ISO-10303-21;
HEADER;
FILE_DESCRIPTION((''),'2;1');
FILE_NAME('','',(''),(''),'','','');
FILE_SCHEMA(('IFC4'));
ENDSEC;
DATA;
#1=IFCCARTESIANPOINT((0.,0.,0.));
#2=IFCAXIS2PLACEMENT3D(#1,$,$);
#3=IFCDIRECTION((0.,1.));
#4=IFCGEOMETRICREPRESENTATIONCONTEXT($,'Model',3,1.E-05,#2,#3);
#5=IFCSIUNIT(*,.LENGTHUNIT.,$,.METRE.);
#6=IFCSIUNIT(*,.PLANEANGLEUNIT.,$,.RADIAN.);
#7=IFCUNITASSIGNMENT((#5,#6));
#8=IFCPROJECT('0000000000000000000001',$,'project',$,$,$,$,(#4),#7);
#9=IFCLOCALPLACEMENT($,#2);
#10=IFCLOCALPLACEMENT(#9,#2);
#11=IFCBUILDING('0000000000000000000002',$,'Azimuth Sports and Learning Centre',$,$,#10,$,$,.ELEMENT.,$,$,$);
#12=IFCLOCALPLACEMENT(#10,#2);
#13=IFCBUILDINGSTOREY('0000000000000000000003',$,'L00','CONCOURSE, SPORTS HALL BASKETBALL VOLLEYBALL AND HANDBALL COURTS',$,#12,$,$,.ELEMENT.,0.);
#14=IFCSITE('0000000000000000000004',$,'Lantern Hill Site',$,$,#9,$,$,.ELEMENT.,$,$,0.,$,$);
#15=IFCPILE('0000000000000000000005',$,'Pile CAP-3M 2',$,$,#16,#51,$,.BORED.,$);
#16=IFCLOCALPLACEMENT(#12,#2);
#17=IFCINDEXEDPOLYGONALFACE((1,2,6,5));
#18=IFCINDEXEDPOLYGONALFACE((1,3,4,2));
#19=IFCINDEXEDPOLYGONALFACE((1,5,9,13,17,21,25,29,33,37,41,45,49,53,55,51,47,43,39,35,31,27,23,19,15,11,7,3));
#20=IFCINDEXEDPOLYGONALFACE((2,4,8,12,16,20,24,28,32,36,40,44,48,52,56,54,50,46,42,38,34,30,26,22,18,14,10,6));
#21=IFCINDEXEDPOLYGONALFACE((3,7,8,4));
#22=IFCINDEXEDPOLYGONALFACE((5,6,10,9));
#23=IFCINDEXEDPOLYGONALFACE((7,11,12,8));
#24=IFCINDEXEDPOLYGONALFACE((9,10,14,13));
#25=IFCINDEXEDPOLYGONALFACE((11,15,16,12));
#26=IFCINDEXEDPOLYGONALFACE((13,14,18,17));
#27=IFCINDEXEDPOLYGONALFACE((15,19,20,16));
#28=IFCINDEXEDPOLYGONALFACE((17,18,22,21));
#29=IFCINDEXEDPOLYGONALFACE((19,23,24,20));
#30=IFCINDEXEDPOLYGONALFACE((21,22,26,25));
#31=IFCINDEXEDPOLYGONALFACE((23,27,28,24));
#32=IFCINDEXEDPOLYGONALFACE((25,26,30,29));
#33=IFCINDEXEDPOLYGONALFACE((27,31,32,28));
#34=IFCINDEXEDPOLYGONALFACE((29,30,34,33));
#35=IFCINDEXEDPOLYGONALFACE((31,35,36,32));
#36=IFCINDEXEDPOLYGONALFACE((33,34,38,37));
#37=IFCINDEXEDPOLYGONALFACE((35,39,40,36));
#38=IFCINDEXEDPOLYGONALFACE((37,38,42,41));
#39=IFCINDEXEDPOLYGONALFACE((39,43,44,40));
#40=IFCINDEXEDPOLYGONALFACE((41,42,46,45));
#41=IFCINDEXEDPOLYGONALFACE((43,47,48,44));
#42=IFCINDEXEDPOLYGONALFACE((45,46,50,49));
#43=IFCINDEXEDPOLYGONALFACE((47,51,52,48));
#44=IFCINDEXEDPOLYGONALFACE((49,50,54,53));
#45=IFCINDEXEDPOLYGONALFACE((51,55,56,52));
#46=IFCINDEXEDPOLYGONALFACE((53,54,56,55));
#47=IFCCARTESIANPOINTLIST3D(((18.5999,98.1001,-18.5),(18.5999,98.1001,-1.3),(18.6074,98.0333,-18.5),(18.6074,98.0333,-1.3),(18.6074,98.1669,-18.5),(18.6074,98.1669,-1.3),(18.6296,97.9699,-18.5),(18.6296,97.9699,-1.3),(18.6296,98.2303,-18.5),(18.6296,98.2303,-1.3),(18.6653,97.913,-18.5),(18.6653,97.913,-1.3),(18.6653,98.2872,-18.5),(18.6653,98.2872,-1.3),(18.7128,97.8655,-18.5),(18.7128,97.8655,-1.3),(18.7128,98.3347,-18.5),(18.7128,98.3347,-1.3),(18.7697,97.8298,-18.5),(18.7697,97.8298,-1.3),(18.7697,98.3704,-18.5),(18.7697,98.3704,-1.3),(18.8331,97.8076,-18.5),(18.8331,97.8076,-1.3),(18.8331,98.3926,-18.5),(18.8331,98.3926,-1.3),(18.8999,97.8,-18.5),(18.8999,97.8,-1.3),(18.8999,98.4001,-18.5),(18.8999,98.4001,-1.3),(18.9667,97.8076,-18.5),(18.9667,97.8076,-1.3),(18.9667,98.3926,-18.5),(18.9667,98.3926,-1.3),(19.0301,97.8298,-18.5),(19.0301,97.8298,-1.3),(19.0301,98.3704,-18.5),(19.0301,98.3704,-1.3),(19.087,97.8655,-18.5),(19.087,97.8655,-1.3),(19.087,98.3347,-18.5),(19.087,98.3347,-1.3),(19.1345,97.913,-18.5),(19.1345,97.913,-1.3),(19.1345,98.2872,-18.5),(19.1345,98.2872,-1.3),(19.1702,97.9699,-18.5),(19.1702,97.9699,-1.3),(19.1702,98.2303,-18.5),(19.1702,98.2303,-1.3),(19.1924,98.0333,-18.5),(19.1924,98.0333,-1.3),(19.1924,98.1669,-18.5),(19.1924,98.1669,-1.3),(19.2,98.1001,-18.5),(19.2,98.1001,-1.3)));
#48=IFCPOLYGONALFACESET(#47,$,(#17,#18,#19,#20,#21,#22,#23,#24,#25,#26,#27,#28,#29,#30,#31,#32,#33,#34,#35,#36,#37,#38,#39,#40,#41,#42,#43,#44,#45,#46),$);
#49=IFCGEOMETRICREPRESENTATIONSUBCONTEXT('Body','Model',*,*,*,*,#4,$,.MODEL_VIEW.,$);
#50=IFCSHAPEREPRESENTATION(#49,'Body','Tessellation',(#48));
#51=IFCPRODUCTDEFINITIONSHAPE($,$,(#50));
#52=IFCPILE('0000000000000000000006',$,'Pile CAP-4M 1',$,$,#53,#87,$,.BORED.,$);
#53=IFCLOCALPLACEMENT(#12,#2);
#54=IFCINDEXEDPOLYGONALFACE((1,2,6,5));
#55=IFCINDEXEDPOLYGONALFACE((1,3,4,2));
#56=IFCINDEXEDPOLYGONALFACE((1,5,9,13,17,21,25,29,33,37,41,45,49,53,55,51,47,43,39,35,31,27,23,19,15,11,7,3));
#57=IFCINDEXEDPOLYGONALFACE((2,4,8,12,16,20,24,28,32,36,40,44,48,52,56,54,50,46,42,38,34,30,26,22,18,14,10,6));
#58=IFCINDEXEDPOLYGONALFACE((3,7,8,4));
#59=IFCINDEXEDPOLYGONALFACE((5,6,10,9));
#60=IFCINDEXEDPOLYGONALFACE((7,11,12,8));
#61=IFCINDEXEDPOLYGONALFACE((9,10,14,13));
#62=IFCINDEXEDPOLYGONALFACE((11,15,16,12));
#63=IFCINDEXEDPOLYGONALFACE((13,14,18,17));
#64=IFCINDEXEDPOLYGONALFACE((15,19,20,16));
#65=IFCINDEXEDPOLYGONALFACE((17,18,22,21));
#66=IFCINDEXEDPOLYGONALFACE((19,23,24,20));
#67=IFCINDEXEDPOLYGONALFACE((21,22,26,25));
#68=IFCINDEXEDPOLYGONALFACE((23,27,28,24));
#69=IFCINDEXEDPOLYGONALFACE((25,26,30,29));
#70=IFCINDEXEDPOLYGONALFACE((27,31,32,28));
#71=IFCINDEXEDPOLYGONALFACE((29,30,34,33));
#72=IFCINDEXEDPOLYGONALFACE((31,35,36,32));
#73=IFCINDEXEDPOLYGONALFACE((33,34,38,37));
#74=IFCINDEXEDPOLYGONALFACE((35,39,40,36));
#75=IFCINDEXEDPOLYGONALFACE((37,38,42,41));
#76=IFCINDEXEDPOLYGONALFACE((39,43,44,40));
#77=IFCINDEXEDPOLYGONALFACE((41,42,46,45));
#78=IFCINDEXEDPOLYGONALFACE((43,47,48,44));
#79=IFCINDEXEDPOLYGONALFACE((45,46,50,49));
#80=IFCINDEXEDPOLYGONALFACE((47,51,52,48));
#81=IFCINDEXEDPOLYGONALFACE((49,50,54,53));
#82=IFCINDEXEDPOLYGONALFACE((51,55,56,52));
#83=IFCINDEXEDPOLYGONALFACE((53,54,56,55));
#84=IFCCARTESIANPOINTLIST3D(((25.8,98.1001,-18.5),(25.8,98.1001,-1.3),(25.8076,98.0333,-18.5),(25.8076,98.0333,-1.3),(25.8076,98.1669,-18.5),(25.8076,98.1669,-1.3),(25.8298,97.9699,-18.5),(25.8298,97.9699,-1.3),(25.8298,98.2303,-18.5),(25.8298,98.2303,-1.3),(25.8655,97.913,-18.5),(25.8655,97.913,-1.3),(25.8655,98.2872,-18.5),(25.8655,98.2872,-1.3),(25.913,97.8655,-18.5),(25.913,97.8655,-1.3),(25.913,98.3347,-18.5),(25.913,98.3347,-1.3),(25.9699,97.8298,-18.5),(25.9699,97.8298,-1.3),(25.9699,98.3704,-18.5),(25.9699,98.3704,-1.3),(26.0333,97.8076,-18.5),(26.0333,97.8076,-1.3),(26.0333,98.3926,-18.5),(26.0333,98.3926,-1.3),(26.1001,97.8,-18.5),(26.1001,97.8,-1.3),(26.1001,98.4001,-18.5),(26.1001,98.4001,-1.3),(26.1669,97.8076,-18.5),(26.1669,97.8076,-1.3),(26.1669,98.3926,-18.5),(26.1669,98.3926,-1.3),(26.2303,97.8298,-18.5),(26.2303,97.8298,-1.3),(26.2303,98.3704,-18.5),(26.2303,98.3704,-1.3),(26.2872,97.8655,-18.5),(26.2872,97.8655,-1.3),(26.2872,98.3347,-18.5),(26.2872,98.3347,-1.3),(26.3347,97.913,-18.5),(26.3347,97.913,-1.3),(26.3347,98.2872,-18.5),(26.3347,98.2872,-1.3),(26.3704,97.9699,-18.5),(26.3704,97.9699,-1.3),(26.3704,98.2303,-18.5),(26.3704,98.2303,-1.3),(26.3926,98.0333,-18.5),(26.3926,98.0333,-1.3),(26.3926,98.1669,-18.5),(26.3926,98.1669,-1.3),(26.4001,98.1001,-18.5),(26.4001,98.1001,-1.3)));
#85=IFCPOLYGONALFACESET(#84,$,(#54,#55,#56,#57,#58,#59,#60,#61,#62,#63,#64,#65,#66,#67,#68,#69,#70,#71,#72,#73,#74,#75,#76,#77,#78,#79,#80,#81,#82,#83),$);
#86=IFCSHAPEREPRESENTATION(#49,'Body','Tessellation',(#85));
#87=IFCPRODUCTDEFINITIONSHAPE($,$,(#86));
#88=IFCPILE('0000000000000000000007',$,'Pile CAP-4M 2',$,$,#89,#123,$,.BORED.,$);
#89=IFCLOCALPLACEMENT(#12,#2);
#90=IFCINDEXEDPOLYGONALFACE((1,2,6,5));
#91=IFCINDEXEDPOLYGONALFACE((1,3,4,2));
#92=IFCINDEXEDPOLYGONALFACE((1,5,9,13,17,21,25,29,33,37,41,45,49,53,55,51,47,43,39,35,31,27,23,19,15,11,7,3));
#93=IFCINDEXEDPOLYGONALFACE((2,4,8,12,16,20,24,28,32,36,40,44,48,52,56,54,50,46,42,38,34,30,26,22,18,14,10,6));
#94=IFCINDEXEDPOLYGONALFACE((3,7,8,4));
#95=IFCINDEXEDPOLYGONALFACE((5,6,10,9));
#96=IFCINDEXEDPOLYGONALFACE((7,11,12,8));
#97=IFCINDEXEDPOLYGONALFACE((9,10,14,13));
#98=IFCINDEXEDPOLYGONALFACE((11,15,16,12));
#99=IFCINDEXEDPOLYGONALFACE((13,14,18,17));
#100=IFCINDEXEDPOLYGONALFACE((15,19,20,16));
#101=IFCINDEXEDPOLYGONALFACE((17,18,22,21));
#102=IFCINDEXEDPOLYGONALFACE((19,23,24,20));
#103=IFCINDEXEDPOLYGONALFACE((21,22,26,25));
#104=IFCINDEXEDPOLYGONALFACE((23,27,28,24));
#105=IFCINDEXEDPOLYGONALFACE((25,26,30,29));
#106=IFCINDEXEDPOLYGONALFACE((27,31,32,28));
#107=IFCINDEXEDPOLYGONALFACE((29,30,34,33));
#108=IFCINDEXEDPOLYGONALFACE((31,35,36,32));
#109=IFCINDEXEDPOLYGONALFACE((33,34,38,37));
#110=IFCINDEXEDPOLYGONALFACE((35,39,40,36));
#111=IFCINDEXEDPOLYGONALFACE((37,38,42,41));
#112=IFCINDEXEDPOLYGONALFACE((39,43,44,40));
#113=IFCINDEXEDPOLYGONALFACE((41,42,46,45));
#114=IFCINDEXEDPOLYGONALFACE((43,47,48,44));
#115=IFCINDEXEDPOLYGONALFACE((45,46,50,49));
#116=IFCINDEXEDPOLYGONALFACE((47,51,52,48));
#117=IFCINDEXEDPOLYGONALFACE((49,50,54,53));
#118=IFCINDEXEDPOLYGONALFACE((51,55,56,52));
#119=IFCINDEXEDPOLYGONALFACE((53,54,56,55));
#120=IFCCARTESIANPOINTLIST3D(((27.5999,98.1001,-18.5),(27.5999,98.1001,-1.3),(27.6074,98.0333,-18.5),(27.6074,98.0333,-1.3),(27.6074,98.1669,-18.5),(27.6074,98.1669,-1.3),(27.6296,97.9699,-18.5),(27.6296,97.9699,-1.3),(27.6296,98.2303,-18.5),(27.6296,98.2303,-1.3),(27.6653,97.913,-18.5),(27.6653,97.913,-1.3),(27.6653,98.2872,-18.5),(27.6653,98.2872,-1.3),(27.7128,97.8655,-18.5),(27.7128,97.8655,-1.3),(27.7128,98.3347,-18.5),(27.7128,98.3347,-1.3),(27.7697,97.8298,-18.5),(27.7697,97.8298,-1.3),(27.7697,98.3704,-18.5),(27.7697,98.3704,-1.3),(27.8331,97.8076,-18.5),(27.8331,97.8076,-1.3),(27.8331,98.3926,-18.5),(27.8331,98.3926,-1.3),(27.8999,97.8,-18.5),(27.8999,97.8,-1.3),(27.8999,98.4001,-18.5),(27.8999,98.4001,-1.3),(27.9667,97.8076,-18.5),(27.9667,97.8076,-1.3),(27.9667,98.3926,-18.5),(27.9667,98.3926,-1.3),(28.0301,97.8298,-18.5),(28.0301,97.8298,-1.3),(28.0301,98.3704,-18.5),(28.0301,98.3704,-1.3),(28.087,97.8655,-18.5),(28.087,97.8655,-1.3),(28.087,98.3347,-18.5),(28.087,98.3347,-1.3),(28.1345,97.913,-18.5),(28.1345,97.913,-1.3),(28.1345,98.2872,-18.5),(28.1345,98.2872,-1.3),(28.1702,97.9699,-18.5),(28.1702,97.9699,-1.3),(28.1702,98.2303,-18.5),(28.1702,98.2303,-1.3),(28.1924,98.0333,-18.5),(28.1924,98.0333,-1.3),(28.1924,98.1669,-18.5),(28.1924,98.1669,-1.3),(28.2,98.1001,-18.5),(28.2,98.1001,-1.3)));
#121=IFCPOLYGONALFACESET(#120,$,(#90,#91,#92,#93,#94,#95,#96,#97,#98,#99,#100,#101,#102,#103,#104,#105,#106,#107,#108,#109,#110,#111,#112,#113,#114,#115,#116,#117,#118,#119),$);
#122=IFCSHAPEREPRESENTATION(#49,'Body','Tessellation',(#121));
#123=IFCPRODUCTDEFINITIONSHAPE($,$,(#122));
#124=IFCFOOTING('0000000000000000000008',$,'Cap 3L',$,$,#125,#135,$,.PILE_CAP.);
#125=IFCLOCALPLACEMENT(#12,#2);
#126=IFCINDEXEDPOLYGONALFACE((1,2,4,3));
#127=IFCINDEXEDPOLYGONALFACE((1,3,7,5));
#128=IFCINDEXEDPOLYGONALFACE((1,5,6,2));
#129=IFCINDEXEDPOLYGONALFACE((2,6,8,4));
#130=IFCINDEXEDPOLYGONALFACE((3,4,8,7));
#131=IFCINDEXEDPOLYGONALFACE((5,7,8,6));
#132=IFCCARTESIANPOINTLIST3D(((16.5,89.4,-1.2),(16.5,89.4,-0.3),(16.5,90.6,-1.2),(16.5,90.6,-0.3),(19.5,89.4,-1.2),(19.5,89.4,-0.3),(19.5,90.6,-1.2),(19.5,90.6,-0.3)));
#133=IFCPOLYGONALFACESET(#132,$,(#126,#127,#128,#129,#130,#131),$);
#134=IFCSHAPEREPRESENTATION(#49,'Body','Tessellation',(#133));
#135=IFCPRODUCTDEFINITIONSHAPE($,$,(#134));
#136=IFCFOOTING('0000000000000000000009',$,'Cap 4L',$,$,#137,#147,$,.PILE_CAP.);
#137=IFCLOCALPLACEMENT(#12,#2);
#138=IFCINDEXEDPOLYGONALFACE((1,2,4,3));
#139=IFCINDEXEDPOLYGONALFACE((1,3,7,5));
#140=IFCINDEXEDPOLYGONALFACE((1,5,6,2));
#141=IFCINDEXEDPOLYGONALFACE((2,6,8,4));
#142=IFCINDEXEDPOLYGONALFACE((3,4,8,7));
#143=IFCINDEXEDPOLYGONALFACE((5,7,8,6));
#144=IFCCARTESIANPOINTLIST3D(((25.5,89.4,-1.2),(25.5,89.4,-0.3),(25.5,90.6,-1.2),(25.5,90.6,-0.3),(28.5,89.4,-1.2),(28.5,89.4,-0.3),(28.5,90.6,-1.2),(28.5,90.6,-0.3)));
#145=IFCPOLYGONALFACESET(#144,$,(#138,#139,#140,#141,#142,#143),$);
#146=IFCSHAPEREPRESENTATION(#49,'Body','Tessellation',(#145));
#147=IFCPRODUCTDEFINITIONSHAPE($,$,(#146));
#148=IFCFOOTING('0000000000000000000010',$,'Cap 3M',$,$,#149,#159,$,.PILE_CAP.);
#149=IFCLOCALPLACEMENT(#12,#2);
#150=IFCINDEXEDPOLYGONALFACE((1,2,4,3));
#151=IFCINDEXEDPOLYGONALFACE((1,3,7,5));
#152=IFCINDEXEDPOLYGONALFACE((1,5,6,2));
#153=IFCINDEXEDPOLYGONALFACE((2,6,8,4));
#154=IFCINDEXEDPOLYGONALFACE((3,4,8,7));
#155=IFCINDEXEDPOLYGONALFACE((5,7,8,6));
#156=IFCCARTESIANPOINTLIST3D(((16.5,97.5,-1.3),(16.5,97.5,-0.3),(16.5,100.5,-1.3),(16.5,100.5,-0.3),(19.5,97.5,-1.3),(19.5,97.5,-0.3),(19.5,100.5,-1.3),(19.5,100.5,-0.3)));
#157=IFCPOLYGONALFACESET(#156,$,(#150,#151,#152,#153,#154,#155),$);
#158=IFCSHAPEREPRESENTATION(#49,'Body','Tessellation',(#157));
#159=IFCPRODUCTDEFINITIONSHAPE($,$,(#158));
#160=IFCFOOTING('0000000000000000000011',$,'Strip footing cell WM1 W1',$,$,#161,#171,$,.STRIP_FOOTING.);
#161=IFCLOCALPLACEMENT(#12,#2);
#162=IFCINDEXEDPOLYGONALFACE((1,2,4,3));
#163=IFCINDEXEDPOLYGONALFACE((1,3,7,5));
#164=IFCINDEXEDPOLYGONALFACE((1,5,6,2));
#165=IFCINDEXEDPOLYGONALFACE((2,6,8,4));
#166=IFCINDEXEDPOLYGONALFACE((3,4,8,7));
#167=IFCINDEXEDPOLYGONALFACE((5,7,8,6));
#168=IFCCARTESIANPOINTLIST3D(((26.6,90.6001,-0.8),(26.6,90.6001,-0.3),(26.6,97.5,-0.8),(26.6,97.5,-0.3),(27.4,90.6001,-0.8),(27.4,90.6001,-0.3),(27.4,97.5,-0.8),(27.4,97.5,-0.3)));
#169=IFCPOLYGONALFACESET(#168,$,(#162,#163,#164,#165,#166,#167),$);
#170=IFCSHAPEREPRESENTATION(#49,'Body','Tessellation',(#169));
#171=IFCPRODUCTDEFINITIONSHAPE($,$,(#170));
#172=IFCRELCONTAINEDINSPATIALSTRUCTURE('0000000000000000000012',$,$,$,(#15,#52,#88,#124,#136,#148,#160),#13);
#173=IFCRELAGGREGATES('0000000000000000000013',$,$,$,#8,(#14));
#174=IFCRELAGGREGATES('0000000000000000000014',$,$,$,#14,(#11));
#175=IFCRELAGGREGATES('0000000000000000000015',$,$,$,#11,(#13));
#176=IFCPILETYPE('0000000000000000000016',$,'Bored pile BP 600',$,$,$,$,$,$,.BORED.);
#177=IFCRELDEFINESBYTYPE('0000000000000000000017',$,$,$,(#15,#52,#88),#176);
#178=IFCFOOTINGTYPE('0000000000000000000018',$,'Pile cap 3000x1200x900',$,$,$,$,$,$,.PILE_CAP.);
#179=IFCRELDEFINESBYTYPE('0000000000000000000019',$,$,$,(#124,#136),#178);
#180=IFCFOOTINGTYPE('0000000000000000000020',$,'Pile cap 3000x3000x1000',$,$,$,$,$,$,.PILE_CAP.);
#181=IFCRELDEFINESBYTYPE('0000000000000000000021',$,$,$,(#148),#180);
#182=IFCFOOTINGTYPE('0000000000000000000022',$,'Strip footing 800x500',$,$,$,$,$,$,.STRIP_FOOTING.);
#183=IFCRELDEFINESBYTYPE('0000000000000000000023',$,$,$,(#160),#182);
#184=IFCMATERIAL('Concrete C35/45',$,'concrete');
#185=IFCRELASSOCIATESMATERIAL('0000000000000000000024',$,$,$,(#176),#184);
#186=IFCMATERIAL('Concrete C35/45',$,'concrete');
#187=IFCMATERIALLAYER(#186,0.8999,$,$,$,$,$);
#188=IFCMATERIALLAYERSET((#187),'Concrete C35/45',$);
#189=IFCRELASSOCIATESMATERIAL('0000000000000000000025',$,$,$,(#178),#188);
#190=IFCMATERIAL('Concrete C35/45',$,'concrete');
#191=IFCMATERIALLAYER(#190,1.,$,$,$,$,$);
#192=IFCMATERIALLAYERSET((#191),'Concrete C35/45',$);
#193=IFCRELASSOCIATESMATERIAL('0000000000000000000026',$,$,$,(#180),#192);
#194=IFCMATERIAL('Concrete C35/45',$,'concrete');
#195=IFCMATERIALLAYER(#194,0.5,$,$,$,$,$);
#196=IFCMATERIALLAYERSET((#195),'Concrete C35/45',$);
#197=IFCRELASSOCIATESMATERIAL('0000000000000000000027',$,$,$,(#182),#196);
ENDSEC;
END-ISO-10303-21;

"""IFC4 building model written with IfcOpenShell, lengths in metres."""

from ifc_helpers import new_model, si_unit, direction, frame, origin, origin_2d, place, context, subcontext, project, spatial, rectangle, circle, extrude, material, layer, layer_set, material_profile, profile_set, type_object, element, save


model = new_model("IFC4")

# Units and contexts
model_context = context("Model", 3, precision=1e-05, world=origin(), true_north=direction((0.0, 1.0)))
body_context = subcontext(model_context, "Body", "Model", "MODEL_VIEW")
ifc_project = project(units=[si_unit("LENGTHUNIT", "METRE"), si_unit("PLANEANGLEUNIT", "RADIAN")], contexts=[model_context])

# Site, building, storey
site_placement = place(None, origin())
site = spatial("IfcSite", under=ifc_project, at=site_placement, Name="Lantern Hill Site", CompositionType="ELEMENT", RefElevation=0.0)
building_placement = place(site_placement, origin())
building = spatial("IfcBuilding", under=site, at=building_placement, Name="Azimuth Sports and Learning Centre", CompositionType="ELEMENT")
storey_placement = place(building_placement, origin())
storey = spatial("IfcBuildingStorey", under=building, at=storey_placement, Name="L00", Description="CONCOURSE, SPORTS HALL BASKETBALL VOLLEYBALL AND HANDBALL COURTS", CompositionType="ELEMENT", Elevation=0.0)

# Piles
ifc_material_1 = material(Name="Concrete C35/45", Category="concrete")
ifc_material_profile_1 = material_profile(ifc_material_1, circle(Radius=0.3, at=origin_2d()), Name="BP 600")
ifc_profile_set_1 = profile_set([ifc_material_profile_1], Name="Concrete C35/45")
pile_type = type_object("IfcPileType", Name="Bored pile BP 600", PredefinedType="BORED", material=ifc_profile_set_1)
for number, where, z_axis, x_axis, name in (
    (1, (18.8999, 98.1001, -1.3), (0.0, 0.0, -1.0), (1.0, 0.0, 0.0), "Pile CAP-3M 2"),
    (2, (26.1001, 98.1001, -1.3), (0.0, 0.0, -1.0), (1.0, 0.0, 0.0), "Pile CAP-4M 1"),
    (3, (27.8999, 98.1001, -1.3), (0.0, 0.0, -1.0), (1.0, 0.0, 0.0), "Pile CAP-4M 2"),
):
    element("IfcPile", number, at=place(storey_placement, frame(where, z_axis=z_axis, x_axis=x_axis)), inside=storey, type_object=pile_type, Name=name, PredefinedType="BORED", context=body_context, shape_type="SweptSolid", body=[
        extrude(circle(Radius=0.3, at=origin_2d()), origin(), (0.0, 0.0, 1.0), 17.2),
    ])

# Footings
ifc_material_2 = material(Name="Concrete C35/45", Category="concrete")
ifc_layer_1 = layer(ifc_material_2, 0.8999)
ifc_layer_set_1 = layer_set([ifc_layer_1], Name="Concrete C35/45")
footing_type_1 = type_object("IfcFootingType", Name="Pile cap 3000x1200x900", PredefinedType="PILE_CAP", material=ifc_layer_set_1)
for number, where, z_axis, x_axis, name in (
    (4, (18.0, 90.0, -1.2), (0.0, 0.0, 1.0), (1.0, 0.0, 0.0), "Cap 3L"),
    (5, (27.0, 90.0, -1.2), (0.0, 0.0, 1.0), (1.0, 0.0, 0.0), "Cap 4L"),
):
    element("IfcFooting", number, at=place(storey_placement, frame(where, z_axis=z_axis, x_axis=x_axis)), inside=storey, type_object=footing_type_1, Name=name, PredefinedType="PILE_CAP", context=body_context, shape_type="SweptSolid", body=[
        extrude(rectangle(XDim=3.0, YDim=1.2, at=origin_2d()), origin(), (0.0, 0.0, 1.0), 0.8999),
    ])
ifc_material_3 = material(Name="Concrete C35/45", Category="concrete")
ifc_layer_2 = layer(ifc_material_3, 1.0)
ifc_layer_set_2 = layer_set([ifc_layer_2], Name="Concrete C35/45")
footing_type_2 = type_object("IfcFootingType", Name="Pile cap 3000x3000x1000", PredefinedType="PILE_CAP", material=ifc_layer_set_2)
footing_1_placement = place(storey_placement, frame((18.0, 99.0, -1.3), z_axis=(0.0, 0.0, 1.0), x_axis=(1.0, 0.0, 0.0)))
element("IfcFooting", 6, at=footing_1_placement, inside=storey, type_object=footing_type_2, Name="Cap 3M", PredefinedType="PILE_CAP", context=body_context, shape_type="SweptSolid", body=[
    extrude(rectangle(XDim=3.0, YDim=3.0, at=origin_2d()), origin(), (0.0, 0.0, 1.0), 1.0),
])
ifc_material_4 = material(Name="Concrete C35/45", Category="concrete")
ifc_layer_3 = layer(ifc_material_4, 0.5)
ifc_layer_set_3 = layer_set([ifc_layer_3], Name="Concrete C35/45")
footing_type_3 = type_object("IfcFootingType", Name="Strip footing 800x500", PredefinedType="STRIP_FOOTING", material=ifc_layer_set_3)
footing_2_placement = place(storey_placement, frame((27.0, 94.05, -0.8), z_axis=(0.0, 0.0, 1.0), x_axis=(1.0, 0.0, 0.0)))
element("IfcFooting", 7, at=footing_2_placement, inside=storey, type_object=footing_type_3, Name="Strip footing cell WM1 W1", PredefinedType="STRIP_FOOTING", context=body_context, shape_type="SweptSolid", body=[
    extrude(rectangle(XDim=0.8, YDim=6.8999, at=origin_2d()), origin(), (0.0, 0.0, 1.0), 0.5),
])

save(model, "model.ifc")
